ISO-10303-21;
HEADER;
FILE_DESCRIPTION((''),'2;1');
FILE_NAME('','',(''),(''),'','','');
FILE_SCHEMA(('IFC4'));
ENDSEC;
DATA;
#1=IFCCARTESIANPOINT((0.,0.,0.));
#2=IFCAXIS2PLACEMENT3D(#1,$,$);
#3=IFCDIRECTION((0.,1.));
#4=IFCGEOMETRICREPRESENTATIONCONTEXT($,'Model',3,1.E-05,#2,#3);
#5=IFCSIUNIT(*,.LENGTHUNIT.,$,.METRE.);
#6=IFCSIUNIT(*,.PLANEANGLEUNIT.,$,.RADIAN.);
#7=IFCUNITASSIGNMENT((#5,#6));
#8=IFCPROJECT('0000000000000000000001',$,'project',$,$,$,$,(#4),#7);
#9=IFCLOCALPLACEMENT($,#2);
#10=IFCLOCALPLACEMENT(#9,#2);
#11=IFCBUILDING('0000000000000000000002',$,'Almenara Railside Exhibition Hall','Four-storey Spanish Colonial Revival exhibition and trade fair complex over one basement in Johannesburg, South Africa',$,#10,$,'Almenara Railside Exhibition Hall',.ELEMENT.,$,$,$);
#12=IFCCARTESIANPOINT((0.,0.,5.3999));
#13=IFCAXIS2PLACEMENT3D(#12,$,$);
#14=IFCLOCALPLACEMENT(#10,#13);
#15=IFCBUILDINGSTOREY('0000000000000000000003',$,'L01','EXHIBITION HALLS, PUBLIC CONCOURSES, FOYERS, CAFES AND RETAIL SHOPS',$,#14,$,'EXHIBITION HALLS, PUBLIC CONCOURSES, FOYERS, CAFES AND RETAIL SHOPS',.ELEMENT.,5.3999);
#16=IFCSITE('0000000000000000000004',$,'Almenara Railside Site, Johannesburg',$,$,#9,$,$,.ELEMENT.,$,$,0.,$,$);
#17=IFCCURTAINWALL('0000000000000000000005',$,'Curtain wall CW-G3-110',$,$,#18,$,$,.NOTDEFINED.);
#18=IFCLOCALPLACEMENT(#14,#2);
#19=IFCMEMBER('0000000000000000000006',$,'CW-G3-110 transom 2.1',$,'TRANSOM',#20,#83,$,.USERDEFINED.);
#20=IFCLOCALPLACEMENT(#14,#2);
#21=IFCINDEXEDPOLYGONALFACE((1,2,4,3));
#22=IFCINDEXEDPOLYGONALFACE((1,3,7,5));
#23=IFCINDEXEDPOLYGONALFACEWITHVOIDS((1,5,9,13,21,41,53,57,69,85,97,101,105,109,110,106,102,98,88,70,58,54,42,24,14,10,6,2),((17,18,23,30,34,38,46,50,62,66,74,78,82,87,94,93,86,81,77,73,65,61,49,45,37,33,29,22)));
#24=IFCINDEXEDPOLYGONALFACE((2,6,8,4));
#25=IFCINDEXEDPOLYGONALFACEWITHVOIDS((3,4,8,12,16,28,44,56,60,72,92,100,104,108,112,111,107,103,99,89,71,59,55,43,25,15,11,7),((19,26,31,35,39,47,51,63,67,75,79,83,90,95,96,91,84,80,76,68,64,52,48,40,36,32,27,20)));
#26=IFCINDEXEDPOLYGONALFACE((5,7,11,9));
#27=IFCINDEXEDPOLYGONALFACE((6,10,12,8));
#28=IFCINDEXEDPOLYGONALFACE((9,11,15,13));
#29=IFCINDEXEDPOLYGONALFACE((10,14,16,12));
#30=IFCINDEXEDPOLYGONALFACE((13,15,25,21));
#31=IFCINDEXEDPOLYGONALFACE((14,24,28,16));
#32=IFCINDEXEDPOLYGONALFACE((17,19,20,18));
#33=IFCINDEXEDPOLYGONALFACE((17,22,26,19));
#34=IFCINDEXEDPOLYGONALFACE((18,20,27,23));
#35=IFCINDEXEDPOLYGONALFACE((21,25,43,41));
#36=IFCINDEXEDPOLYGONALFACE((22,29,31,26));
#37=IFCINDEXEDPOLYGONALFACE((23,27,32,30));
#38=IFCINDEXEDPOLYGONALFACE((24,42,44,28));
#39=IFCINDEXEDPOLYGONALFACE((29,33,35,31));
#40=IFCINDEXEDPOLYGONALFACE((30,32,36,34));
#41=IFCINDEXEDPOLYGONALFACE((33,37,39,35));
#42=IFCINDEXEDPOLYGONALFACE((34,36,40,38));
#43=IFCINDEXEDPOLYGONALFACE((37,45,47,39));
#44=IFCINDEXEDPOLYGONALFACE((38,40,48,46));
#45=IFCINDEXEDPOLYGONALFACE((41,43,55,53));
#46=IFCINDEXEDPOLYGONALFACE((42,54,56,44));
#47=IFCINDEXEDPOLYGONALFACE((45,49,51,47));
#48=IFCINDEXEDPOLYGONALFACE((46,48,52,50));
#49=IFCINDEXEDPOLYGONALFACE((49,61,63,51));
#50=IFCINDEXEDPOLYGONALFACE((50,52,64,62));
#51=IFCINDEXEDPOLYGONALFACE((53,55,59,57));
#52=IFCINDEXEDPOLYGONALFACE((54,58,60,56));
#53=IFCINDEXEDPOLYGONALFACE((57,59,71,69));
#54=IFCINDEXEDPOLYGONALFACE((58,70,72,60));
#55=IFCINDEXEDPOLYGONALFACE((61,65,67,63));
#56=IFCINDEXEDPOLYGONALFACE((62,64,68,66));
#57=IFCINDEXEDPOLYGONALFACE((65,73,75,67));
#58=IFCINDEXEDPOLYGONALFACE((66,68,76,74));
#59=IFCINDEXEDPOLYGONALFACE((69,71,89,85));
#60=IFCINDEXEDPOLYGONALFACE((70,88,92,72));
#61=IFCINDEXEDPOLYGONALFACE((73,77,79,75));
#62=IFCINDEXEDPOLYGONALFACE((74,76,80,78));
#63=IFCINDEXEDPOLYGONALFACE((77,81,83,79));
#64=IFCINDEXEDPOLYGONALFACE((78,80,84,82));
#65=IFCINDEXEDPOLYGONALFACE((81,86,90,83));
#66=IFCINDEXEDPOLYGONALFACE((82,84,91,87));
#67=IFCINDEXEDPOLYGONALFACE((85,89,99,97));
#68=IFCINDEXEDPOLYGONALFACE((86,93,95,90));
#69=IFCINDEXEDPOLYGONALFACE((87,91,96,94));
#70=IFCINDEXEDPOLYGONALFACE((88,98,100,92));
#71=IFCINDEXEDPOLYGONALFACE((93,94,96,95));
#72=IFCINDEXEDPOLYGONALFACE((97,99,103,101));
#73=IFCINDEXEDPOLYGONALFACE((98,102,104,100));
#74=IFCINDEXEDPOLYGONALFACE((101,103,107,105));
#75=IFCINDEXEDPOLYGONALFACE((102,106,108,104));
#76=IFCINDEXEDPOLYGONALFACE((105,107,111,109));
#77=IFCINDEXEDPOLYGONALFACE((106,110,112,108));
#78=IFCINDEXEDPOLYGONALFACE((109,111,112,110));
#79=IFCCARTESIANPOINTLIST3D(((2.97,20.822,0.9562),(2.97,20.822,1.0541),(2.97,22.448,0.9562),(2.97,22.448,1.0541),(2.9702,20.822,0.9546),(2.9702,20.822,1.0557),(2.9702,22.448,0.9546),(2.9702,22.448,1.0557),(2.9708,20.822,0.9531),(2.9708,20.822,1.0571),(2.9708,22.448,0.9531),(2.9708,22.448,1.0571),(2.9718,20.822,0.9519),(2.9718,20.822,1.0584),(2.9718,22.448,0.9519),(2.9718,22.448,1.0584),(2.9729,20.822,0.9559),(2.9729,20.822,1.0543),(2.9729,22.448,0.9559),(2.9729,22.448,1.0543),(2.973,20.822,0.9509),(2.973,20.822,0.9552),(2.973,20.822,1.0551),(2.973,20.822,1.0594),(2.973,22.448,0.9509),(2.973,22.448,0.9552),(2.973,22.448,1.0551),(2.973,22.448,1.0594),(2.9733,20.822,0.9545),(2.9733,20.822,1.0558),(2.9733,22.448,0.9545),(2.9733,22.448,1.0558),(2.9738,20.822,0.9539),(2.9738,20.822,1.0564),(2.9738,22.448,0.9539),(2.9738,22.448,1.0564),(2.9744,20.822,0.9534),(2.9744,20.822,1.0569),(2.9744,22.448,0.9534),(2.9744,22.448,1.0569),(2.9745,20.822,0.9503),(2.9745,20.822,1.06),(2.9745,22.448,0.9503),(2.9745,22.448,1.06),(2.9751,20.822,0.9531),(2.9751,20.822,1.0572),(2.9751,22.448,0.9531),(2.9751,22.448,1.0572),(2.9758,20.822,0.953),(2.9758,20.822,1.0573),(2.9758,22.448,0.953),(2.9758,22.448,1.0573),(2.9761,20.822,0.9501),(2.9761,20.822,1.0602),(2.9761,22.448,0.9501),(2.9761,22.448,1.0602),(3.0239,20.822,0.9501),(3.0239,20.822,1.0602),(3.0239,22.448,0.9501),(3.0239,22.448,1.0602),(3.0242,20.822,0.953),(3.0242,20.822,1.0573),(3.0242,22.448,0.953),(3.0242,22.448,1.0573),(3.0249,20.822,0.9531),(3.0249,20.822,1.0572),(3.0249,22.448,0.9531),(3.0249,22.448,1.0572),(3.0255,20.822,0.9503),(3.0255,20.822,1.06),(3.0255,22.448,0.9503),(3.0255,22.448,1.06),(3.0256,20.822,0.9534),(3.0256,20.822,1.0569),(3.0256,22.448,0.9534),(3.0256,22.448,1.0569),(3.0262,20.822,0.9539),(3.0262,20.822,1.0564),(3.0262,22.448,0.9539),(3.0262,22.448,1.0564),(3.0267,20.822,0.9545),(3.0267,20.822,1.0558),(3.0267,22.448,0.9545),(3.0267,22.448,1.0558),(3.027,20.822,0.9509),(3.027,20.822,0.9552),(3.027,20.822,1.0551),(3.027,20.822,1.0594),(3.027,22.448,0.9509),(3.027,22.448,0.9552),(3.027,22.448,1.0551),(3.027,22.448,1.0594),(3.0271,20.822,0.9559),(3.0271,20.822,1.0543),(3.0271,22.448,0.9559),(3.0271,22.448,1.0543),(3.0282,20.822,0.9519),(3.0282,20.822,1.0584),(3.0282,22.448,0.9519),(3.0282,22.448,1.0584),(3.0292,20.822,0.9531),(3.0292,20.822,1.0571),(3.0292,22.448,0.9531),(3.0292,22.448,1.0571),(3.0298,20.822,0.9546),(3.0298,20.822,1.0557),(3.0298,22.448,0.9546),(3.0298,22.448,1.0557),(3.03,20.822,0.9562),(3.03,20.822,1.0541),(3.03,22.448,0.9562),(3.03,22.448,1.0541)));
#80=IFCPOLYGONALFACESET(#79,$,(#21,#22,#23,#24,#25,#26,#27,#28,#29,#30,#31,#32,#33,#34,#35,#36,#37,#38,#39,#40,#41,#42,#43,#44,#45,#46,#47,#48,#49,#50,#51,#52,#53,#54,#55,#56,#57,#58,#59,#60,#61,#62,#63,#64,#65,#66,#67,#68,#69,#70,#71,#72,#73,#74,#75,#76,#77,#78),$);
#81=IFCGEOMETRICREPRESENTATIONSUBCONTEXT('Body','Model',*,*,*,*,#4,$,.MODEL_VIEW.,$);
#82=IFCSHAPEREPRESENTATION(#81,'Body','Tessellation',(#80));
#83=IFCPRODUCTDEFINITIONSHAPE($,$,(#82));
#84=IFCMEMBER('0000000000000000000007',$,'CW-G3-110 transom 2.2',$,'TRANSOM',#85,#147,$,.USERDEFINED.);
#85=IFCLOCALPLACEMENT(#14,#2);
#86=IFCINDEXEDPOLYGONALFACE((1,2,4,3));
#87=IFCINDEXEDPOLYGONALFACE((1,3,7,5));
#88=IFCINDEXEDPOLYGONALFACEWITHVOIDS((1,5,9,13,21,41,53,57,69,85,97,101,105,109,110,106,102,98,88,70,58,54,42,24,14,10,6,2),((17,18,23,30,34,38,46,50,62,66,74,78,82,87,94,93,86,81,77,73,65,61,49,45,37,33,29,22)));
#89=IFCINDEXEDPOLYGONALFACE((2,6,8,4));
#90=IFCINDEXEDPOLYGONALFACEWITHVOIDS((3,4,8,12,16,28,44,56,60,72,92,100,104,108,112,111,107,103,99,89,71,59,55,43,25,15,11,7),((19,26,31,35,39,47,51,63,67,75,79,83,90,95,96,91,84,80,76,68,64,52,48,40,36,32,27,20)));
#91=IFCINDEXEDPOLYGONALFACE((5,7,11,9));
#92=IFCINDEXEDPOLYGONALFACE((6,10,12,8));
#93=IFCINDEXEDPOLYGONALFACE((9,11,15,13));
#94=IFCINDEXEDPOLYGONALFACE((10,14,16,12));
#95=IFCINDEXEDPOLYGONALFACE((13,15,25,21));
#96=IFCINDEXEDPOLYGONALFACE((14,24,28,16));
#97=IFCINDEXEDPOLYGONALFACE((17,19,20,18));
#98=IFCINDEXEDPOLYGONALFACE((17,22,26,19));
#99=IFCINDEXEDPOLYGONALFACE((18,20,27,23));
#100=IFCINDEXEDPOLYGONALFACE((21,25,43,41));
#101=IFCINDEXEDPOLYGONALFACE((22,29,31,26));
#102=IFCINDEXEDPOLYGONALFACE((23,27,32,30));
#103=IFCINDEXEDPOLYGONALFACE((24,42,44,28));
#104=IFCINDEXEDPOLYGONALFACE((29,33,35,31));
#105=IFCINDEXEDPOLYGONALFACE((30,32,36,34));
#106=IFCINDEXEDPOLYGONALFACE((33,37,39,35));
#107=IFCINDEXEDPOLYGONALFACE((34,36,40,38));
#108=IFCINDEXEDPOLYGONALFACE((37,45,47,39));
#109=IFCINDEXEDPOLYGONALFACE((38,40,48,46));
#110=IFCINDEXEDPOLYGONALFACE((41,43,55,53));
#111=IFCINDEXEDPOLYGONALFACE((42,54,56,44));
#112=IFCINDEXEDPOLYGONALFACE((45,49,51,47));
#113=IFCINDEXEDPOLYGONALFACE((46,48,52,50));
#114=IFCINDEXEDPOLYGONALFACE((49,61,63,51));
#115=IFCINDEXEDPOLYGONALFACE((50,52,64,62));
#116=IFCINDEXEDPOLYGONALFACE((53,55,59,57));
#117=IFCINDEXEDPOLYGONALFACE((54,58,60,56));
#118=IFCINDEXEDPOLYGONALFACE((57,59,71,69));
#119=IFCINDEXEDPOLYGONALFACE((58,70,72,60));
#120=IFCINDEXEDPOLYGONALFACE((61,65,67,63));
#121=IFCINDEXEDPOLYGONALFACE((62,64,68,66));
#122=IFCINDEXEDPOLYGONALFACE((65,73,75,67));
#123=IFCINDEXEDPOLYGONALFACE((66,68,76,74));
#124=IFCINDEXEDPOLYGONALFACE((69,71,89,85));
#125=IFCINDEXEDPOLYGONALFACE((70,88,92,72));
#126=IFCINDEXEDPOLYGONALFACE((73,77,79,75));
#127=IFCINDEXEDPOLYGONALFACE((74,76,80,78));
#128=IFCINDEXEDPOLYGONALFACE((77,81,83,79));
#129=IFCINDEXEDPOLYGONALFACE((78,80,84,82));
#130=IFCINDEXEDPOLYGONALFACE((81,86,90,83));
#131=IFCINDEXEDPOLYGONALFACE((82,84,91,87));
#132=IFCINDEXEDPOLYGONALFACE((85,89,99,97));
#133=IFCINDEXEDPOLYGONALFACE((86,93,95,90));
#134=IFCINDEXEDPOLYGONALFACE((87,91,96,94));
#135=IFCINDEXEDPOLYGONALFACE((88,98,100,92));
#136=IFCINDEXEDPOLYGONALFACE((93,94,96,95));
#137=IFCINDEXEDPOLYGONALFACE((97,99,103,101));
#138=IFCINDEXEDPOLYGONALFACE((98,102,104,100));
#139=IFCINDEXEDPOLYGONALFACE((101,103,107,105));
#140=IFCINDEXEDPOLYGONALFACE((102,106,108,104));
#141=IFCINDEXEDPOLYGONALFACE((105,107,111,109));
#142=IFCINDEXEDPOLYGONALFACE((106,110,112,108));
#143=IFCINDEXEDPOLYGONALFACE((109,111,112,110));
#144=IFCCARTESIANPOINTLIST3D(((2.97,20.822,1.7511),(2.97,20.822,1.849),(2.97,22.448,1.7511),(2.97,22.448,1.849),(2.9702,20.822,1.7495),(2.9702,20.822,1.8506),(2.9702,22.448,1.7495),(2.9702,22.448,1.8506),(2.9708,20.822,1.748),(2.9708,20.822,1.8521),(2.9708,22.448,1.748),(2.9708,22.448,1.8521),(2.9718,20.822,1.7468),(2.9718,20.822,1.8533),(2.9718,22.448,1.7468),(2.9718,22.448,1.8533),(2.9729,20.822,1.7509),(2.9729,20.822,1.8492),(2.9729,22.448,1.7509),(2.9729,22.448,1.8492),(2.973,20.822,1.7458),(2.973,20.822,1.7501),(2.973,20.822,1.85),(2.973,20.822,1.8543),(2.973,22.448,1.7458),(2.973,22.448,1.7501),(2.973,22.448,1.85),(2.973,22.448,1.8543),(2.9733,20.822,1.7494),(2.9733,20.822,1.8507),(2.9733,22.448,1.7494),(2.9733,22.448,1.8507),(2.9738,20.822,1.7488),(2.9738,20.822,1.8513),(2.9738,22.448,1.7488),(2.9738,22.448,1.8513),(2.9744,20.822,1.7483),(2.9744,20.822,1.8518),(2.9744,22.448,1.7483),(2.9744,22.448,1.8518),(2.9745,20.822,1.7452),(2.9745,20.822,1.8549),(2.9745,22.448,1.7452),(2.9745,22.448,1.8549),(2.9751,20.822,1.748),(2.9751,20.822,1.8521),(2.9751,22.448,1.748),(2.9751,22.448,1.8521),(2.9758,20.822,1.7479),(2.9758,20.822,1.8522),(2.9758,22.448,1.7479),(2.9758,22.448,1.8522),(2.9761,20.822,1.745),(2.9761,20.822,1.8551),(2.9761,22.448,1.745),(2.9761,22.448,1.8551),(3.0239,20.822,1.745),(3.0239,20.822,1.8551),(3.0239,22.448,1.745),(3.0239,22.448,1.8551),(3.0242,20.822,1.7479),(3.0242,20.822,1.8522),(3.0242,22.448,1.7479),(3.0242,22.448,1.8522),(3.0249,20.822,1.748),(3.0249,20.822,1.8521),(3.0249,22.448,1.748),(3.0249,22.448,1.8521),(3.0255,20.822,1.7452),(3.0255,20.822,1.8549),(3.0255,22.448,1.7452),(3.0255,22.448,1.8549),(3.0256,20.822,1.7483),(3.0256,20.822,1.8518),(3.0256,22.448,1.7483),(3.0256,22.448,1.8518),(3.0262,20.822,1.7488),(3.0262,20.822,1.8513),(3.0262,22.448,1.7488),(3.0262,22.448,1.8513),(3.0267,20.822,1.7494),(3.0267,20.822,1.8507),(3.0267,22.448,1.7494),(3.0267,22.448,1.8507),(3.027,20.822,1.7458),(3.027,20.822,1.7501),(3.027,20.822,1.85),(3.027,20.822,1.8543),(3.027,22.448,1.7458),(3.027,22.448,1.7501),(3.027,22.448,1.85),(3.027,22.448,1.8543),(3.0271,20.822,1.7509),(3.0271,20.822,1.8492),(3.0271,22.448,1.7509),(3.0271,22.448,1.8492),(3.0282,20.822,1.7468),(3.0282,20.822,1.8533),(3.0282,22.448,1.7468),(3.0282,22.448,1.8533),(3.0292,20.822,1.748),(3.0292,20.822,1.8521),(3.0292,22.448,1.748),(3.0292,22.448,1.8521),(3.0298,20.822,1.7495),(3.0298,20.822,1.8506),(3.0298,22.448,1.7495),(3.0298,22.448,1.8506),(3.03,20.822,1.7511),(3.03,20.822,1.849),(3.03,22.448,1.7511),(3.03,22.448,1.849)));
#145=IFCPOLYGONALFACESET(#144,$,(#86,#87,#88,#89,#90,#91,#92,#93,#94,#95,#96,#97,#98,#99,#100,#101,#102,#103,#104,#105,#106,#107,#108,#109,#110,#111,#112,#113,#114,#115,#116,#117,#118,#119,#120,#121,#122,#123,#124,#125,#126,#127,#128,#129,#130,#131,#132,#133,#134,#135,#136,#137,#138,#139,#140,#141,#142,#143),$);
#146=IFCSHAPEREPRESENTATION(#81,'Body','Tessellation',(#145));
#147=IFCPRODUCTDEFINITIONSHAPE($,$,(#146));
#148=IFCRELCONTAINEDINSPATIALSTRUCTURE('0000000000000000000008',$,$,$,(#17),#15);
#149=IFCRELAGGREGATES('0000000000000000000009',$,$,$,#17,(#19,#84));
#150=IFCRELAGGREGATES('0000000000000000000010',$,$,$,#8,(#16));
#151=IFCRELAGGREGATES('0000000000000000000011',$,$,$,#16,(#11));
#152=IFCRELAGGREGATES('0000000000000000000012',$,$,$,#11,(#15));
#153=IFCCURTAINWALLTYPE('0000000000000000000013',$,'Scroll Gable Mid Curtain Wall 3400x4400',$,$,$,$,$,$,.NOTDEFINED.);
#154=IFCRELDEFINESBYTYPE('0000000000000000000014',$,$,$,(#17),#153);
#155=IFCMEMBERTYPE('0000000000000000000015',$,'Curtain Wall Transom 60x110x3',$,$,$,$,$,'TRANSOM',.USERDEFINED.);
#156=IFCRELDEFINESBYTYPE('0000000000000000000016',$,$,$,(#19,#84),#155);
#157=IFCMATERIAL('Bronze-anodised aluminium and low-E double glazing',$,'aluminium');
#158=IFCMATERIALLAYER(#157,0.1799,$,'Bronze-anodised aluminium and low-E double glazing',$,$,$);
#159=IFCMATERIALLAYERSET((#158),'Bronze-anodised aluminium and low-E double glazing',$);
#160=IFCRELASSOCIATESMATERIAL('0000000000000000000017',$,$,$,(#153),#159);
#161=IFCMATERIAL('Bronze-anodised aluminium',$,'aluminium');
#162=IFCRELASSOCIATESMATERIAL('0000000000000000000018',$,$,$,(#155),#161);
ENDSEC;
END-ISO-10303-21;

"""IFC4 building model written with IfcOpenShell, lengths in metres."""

from ifc_helpers import new_model, si_unit, direction, frame, origin, origin_2d, place, context, subcontext, project, spatial, hollow_rectangle, extrude, material, layer, layer_set, material_profile, profile_set, type_object, element, aggregate, save


model = new_model("IFC4")

# Units and contexts
model_context = context("Model", 3, precision=1e-05, world=origin(), true_north=direction((0.0, 1.0)))
body_context = subcontext(model_context, "Body", "Model", "MODEL_VIEW")
ifc_project = project(units=[si_unit("LENGTHUNIT", "METRE"), si_unit("PLANEANGLEUNIT", "RADIAN")], contexts=[model_context])

# Site, building, storey
site_placement = place(None, origin())
site = spatial("IfcSite", under=ifc_project, at=site_placement, Name="Almenara Railside Site, Johannesburg", CompositionType="ELEMENT", RefElevation=0.0)
building_placement = place(site_placement, origin())
building = spatial("IfcBuilding", under=site, at=building_placement, Name="Almenara Railside Exhibition Hall", Description="Four-storey Spanish Colonial Revival exhibition and trade fair complex over one basement in Johannesburg, South Africa", LongName="Almenara Railside Exhibition Hall", CompositionType="ELEMENT")
storey_placement = place(building_placement, frame((0.0, 0.0, 5.3999)))
storey = spatial("IfcBuildingStorey", under=building, at=storey_placement, Name="L01", Description="EXHIBITION HALLS, PUBLIC CONCOURSES, FOYERS, CAFES AND RETAIL SHOPS", LongName="EXHIBITION HALLS, PUBLIC CONCOURSES, FOYERS, CAFES AND RETAIL SHOPS", CompositionType="ELEMENT", Elevation=5.3999)

# Curtain wall
ifc_material_1 = material(Name="Bronze-anodised aluminium and low-E double glazing", Category="aluminium")
ifc_layer_1 = layer(ifc_material_1, 0.1799, Name="Bronze-anodised aluminium and low-E double glazing")
ifc_layer_set_1 = layer_set([ifc_layer_1], Name="Bronze-anodised aluminium and low-E double glazing")
curtain_wall_type = type_object("IfcCurtainWallType", Name="Scroll Gable Mid Curtain Wall 3400x4400", PredefinedType="NOTDEFINED", material=ifc_layer_set_1)
curtain_wall_1_placement = place(storey_placement, origin())
curtain_wall_1 = element("IfcCurtainWall", 1, at=curtain_wall_1_placement, inside=storey, type_object=curtain_wall_type, Name="Curtain wall CW-G3-110", PredefinedType="NOTDEFINED")
ifc_material_2 = material(Name="Bronze-anodised aluminium", Category="aluminium")

# Members
ifc_material_profile_1 = material_profile(ifc_material_2, hollow_rectangle(XDim=0.0601, YDim=0.1101, WallThickness=0.0029, InnerFilletRadius=0.0029, OuterFilletRadius=0.0061, at=origin_2d()), Name="ALU-TRN 60x110x3")
ifc_profile_set_1 = profile_set([ifc_material_profile_1], Name="Bronze-anodised aluminium")
member_type_1 = type_object("IfcMemberType", Name="Curtain Wall Transom 60x110x3", ElementType="TRANSOM", PredefinedType="USERDEFINED", material=ifc_profile_set_1)
member_1_placement = place(storey_placement, frame((3.0, 20.822, 1.0051), z_axis=(0.0, 1.0, 0.0), x_axis=(-1.0, 0.0, 0.0)))
member_1 = element("IfcMember", 2, at=member_1_placement, type_object=member_type_1, Name="CW-G3-110 transom 2.1", ObjectType="TRANSOM", PredefinedType="USERDEFINED", context=body_context, shape_type="SweptSolid", body=[
    extrude(hollow_rectangle(XDim=0.0601, YDim=0.1101, WallThickness=0.0029, InnerFilletRadius=0.0029, OuterFilletRadius=0.0061, at=origin_2d()), origin(), (0.0, 0.0, 1.0), 1.626),
])
member_2_placement = place(storey_placement, frame((3.0, 20.822, 1.8), z_axis=(0.0, 1.0, 0.0), x_axis=(-1.0, 0.0, 0.0)))
member_2 = element("IfcMember", 3, at=member_2_placement, type_object=member_type_1, Name="CW-G3-110 transom 2.2", ObjectType="TRANSOM", PredefinedType="USERDEFINED", context=body_context, shape_type="SweptSolid", body=[
    extrude(hollow_rectangle(XDim=0.0601, YDim=0.1101, WallThickness=0.0029, InnerFilletRadius=0.0029, OuterFilletRadius=0.0061, at=origin_2d()), origin(), (0.0, 0.0, 1.0), 1.626),
])

aggregate(curtain_wall_1, [member_1, member_2])

save(model, "model.ifc")
